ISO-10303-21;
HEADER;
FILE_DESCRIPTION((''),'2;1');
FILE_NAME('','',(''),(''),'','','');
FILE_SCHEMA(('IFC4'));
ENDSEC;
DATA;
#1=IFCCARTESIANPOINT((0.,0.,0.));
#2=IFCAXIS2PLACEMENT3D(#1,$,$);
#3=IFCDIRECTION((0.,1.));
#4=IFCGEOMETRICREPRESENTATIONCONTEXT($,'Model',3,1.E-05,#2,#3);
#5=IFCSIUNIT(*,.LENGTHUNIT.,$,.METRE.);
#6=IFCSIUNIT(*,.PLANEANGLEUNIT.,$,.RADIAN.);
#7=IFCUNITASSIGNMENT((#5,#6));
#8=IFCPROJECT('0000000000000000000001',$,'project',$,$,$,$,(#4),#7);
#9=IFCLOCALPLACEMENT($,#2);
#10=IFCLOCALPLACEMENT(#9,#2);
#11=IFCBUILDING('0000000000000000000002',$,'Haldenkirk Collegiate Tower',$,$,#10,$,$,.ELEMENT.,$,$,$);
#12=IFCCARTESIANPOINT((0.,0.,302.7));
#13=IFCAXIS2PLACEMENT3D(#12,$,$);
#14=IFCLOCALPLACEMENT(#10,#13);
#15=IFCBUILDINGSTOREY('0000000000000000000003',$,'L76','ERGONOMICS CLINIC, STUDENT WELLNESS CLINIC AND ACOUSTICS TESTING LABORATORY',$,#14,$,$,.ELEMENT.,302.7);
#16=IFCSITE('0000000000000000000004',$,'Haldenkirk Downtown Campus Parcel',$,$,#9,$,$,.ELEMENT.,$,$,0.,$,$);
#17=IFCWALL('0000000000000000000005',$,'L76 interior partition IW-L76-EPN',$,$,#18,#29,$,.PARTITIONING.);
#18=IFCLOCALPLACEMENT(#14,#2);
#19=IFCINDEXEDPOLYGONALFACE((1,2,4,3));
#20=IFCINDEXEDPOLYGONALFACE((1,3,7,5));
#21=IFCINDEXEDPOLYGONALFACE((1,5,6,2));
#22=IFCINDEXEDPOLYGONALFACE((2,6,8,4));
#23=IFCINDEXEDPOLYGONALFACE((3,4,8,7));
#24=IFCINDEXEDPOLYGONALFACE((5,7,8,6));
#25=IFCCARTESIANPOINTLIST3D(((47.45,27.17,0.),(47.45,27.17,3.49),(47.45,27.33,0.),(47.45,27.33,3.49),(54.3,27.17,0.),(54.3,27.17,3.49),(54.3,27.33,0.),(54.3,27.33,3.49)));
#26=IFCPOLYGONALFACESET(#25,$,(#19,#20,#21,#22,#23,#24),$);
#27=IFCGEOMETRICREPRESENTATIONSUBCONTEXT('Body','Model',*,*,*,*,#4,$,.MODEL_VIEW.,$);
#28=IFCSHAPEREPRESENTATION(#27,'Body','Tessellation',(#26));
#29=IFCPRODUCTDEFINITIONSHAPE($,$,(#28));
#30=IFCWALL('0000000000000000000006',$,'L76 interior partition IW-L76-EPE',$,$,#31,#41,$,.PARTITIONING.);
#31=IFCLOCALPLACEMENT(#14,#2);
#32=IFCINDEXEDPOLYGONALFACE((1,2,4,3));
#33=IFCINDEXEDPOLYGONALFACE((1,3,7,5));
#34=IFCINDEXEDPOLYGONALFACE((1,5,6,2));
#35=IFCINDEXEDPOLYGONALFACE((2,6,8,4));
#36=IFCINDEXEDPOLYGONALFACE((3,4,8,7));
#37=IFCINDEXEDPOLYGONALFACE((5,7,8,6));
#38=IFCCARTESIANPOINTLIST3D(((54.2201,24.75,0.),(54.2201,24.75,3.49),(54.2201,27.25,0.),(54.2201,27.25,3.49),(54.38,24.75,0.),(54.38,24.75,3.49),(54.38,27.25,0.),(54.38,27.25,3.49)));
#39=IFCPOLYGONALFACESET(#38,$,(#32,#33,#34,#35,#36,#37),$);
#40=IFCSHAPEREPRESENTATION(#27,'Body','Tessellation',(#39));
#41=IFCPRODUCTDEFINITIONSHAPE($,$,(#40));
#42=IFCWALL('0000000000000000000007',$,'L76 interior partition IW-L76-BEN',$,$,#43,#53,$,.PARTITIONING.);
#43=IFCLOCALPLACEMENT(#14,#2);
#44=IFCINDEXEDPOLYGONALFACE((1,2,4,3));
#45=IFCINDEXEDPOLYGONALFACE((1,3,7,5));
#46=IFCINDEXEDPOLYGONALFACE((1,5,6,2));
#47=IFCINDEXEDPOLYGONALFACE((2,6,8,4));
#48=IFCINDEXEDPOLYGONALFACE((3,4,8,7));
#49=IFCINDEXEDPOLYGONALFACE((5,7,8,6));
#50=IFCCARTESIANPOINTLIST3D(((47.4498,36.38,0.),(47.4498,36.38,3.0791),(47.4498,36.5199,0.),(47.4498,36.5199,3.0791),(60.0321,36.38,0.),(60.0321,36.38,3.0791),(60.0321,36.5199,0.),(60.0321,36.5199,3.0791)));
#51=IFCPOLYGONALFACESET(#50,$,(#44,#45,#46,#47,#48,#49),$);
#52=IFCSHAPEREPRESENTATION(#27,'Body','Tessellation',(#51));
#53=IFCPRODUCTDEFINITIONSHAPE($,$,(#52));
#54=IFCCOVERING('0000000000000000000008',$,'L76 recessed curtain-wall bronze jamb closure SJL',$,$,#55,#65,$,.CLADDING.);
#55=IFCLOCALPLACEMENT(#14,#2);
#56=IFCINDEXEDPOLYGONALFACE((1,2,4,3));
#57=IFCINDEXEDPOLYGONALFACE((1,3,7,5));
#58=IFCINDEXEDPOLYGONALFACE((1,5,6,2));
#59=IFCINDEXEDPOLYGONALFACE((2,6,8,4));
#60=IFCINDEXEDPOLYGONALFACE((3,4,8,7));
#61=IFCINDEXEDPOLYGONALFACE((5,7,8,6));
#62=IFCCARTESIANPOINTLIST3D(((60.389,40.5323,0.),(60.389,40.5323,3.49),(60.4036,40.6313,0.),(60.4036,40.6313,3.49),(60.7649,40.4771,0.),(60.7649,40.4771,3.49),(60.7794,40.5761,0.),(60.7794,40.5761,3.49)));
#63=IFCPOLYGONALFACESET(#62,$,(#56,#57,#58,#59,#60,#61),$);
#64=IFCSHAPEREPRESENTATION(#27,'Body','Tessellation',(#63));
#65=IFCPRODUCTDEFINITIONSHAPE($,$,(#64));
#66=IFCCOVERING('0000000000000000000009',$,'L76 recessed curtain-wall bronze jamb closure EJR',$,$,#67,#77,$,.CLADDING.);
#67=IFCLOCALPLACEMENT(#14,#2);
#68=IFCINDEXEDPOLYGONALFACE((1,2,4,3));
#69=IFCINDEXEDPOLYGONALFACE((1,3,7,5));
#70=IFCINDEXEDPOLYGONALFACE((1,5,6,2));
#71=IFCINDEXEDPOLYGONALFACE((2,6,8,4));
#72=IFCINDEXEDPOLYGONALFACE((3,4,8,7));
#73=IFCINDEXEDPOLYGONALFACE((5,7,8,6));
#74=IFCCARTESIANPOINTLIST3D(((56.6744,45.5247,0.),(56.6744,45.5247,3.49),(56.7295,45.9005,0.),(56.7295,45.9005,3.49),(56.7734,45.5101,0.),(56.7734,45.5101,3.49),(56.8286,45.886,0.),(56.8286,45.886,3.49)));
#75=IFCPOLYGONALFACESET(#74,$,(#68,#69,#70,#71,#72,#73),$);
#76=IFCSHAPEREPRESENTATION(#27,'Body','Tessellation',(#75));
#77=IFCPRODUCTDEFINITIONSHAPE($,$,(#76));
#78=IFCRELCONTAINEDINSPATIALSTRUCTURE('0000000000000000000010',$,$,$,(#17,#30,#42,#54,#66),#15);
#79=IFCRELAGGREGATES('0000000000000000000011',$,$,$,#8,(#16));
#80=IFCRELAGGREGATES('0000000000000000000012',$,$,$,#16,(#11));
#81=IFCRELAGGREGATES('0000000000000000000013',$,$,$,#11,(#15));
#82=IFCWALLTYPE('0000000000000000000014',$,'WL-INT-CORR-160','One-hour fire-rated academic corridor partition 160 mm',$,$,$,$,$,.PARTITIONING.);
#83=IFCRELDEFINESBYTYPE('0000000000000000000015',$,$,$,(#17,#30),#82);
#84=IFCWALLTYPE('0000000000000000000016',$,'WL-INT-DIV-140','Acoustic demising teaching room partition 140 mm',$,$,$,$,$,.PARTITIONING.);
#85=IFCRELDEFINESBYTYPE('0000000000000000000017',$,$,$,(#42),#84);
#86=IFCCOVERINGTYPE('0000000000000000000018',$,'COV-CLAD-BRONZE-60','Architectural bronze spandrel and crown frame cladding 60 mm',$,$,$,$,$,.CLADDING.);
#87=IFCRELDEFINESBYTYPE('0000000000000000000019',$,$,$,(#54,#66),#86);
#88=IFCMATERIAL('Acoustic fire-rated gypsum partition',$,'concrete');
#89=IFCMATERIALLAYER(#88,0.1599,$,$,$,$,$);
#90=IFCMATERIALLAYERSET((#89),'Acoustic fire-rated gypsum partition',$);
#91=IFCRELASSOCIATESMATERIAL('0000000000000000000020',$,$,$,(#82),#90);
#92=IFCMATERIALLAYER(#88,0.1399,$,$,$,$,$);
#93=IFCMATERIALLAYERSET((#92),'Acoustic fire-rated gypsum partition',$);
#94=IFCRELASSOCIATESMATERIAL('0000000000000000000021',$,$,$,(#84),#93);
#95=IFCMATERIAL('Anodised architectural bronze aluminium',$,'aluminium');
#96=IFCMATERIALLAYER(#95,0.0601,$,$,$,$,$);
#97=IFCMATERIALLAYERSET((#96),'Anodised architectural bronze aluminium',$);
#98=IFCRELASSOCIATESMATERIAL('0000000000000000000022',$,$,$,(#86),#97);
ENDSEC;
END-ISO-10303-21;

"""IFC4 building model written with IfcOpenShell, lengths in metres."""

from ifc_helpers import new_model, si_unit, direction, frame, frame_2d, origin, origin_2d, place, context, subcontext, project, spatial, rectangle, extrude, source, transform, mapped, material, layer, layer_set, type_object, element, save


model = new_model("IFC4")

# Units and contexts
model_context = context("Model", 3, precision=1e-05, world=origin(), true_north=direction((0.0, 1.0)))
body_context = subcontext(model_context, "Body", "Model", "MODEL_VIEW")
ifc_project = project(units=[si_unit("LENGTHUNIT", "METRE"), si_unit("PLANEANGLEUNIT", "RADIAN")], contexts=[model_context])

# Site, building, storey
site_placement = place(None, origin())
site = spatial("IfcSite", under=ifc_project, at=site_placement, Name="Haldenkirk Downtown Campus Parcel", CompositionType="ELEMENT", RefElevation=0.0)
building_placement = place(site_placement, origin())
building = spatial("IfcBuilding", under=site, at=building_placement, Name="Haldenkirk Collegiate Tower", CompositionType="ELEMENT")
storey_placement = place(building_placement, frame((0.0, 0.0, 302.7)))
storey = spatial("IfcBuildingStorey", under=building, at=storey_placement, Name="L76", Description="ERGONOMICS CLINIC, STUDENT WELLNESS CLINIC AND ACOUSTICS TESTING LABORATORY", CompositionType="ELEMENT", Elevation=302.7)

# Shared definitions
ifc_material_1 = material(Name="Anodised architectural bronze aluminium", Category="aluminium")

# Walls
ifc_material_2 = material(Name="Acoustic fire-rated gypsum partition", Category="concrete")
ifc_layer_1 = layer(ifc_material_2, 0.1599)
ifc_layer_set_1 = layer_set([ifc_layer_1], Name="Acoustic fire-rated gypsum partition")
wall_type_1 = type_object("IfcWallType", Name="WL-INT-CORR-160", Description="One-hour fire-rated academic corridor partition 160 mm", PredefinedType="PARTITIONING", material=ifc_layer_set_1)
wall_1_placement = place(storey_placement, frame((47.45, 27.25, 0.0), z_axis=(0.0, 0.0, 1.0), x_axis=(1.0, 0.0, 0.0)))
element("IfcWall", 1, at=wall_1_placement, inside=storey, type_object=wall_type_1, Name="L76 interior partition IW-L76-EPN", PredefinedType="PARTITIONING", context=body_context, shape_type="SweptSolid", body=[
    extrude(rectangle(XDim=6.8501, YDim=0.1599, at=frame_2d((3.425, 0.0))), origin(), (0.0, 0.0, 1.0), 3.49),
])
wall_2_placement = place(storey_placement, frame((54.3, 24.75, 0.0), z_axis=(0.0, 0.0, 1.0), x_axis=(0.0, 1.0, 0.0)))
element("IfcWall", 2, at=wall_2_placement, inside=storey, type_object=wall_type_1, Name="L76 interior partition IW-L76-EPE", PredefinedType="PARTITIONING", context=body_context, shape_type="SweptSolid", body=[
    extrude(rectangle(XDim=2.5, YDim=0.1599, at=frame_2d((1.25, 0.0))), origin(), (0.0, 0.0, 1.0), 3.49),
])
ifc_layer_2 = layer(ifc_material_2, 0.1399)
ifc_layer_set_2 = layer_set([ifc_layer_2], Name="Acoustic fire-rated gypsum partition")
wall_type_2 = type_object("IfcWallType", Name="WL-INT-DIV-140", Description="Acoustic demising teaching room partition 140 mm", PredefinedType="PARTITIONING", material=ifc_layer_set_2)
wall_3_placement = place(storey_placement, frame((47.45, 36.45, 0.0), z_axis=(0.0, 0.0, 1.0), x_axis=(1.0, 0.0, 0.0)))
element("IfcWall", 3, at=wall_3_placement, inside=storey, type_object=wall_type_2, Name="L76 interior partition IW-L76-BEN", PredefinedType="PARTITIONING", context=body_context, shape_type="SweptSolid", body=[
    extrude(rectangle(XDim=12.5823, YDim=0.1399, at=frame_2d((6.291, 0.0))), origin(), (0.0, 0.0, 1.0), 3.0791),
])

# Coverings
ifc_layer_3 = layer(ifc_material_1, 0.0601)
ifc_layer_set_3 = layer_set([ifc_layer_3], Name="Anodised architectural bronze aluminium")
covering_type = type_object("IfcCoveringType", Name="COV-CLAD-BRONZE-60", Description="Architectural bronze spandrel and crown frame cladding 60 mm", PredefinedType="CLADDING", material=ifc_layer_set_3)
shared_shape_1 = source(origin(), body_context, "Body", "SweptSolid", [
    extrude(rectangle(XDim=0.1001, YDim=0.3799, at=origin_2d()), origin(), (0.0, 0.0, 1.0), 3.49),
])
for number, where, z_axis, x_axis, name in (
    (4, (60.5842, 40.5542, 0.0), (0.0, 0.0, 1.0), (-0.14522, -0.989399, 0.0), "L76 recessed curtain-wall bronze jamb closure SJL"),
    (5, (56.7515, 45.7053, 0.0), (0.0, 0.0, 1.0), (0.989399, -0.14522, 0.0), "L76 recessed curtain-wall bronze jamb closure EJR"),
):
    element("IfcCovering", number, at=place(storey_placement, frame(where, z_axis=z_axis, x_axis=x_axis)), inside=storey, type_object=covering_type, Name=name, PredefinedType="CLADDING", context=body_context, shape_type="MappedRepresentation", body=[
        mapped(shared_shape_1, transform((0.0, 0.0, 0.0), x_axis=(1.0, 0.0, 0.0), y_axis=(0.0, 1.0, 0.0), z_axis=(0.0, 0.0, 1.0), scale=1.0)),
    ])

save(model, "model.ifc")
